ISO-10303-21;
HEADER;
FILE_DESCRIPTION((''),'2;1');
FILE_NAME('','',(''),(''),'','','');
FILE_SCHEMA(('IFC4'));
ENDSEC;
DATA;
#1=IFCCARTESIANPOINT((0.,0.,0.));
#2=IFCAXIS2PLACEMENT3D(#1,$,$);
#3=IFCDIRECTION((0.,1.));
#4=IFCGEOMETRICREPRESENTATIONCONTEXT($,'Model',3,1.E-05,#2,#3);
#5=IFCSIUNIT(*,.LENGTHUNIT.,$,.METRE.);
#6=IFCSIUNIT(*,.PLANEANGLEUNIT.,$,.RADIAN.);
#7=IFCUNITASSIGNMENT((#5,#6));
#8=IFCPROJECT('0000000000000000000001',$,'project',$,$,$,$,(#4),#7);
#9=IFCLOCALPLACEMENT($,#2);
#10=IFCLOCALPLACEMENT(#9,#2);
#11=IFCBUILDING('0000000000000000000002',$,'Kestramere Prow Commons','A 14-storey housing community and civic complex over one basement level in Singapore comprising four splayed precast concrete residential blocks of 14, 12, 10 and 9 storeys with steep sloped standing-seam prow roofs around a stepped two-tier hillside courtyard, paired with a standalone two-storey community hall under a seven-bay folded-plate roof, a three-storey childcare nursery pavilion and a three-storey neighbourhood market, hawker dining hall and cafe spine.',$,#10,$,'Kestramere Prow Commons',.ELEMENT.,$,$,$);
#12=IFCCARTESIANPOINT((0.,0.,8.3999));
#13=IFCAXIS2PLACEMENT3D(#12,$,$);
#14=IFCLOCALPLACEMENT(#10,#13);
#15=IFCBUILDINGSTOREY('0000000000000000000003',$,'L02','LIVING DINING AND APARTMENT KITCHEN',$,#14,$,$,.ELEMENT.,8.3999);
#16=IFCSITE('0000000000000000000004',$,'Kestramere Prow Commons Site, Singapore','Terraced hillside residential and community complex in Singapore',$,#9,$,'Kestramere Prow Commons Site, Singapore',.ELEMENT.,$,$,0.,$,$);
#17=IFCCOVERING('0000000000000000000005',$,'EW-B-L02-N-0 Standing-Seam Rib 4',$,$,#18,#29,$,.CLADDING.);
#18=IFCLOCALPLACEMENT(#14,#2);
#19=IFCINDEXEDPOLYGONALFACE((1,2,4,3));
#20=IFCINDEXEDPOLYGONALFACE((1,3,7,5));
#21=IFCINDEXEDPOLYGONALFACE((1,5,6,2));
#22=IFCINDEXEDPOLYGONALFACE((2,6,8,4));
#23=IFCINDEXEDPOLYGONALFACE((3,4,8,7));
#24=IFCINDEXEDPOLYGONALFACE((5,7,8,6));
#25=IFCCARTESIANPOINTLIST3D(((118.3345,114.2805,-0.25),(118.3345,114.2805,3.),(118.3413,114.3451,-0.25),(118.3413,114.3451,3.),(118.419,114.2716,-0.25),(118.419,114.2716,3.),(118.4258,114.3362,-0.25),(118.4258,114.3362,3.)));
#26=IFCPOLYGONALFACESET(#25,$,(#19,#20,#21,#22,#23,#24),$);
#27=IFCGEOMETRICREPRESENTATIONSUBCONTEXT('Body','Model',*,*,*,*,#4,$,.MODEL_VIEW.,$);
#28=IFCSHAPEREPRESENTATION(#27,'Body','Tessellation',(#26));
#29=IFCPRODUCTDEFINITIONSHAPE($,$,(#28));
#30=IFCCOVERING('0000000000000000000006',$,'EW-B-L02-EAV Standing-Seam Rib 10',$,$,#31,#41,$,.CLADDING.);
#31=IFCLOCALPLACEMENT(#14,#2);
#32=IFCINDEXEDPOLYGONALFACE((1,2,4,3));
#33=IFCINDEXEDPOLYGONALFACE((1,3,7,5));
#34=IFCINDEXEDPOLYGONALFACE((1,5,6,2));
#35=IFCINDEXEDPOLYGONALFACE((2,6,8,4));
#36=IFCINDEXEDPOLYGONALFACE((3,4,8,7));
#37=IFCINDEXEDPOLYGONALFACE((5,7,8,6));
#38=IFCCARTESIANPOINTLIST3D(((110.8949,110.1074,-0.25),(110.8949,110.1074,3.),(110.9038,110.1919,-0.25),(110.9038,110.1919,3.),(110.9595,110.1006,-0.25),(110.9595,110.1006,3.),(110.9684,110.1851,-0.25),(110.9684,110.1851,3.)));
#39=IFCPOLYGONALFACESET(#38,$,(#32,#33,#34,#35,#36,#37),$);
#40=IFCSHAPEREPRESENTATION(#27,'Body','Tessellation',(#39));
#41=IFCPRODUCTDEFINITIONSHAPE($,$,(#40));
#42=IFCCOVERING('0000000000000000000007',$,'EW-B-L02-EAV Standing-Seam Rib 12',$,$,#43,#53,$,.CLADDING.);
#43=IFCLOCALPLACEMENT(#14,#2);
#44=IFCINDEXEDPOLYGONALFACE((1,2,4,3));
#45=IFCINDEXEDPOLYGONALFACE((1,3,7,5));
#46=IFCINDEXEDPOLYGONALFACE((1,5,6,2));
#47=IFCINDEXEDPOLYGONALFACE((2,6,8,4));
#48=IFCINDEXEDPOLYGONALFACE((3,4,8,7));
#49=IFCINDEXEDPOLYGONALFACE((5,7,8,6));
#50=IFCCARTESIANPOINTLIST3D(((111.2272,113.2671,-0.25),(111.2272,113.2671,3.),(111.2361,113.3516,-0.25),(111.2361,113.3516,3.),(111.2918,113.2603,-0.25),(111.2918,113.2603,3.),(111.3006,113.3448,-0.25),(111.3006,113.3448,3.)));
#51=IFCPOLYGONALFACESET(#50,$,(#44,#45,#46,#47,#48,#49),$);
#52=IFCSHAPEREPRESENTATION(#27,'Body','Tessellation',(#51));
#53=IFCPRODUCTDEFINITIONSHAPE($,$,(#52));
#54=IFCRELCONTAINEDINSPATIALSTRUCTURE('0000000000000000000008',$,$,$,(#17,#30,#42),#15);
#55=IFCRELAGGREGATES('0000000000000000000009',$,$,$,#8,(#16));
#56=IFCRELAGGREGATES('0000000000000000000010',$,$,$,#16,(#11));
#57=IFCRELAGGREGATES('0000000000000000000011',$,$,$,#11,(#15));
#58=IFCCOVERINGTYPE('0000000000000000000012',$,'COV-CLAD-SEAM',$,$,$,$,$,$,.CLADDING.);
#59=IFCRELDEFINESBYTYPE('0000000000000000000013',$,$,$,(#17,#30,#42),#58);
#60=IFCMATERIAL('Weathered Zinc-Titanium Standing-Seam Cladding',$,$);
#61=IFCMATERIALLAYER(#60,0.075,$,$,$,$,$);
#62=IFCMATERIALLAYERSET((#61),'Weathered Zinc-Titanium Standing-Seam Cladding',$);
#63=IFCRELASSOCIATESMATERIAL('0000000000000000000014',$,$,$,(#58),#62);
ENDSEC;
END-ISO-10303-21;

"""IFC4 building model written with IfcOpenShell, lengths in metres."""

from ifc_helpers import new_model, si_unit, direction, frame, origin, origin_2d, place, context, subcontext, project, spatial, rectangle, extrude, material, layer, layer_set, type_object, element, save


model = new_model("IFC4")

# Units and contexts
model_context = context("Model", 3, precision=1e-05, world=origin(), true_north=direction((0.0, 1.0)))
body_context = subcontext(model_context, "Body", "Model", "MODEL_VIEW")
ifc_project = project(units=[si_unit("LENGTHUNIT", "METRE"), si_unit("PLANEANGLEUNIT", "RADIAN")], contexts=[model_context])

# Site, building, storey
site_placement = place(None, origin())
site = spatial("IfcSite", under=ifc_project, at=site_placement, Name="Kestramere Prow Commons Site, Singapore", Description="Terraced hillside residential and community complex in Singapore", LongName="Kestramere Prow Commons Site, Singapore", CompositionType="ELEMENT", RefElevation=0.0)
building_placement = place(site_placement, origin())
building = spatial("IfcBuilding", under=site, at=building_placement, Name="Kestramere Prow Commons", Description="A 14-storey housing community and civic complex over one basement level in Singapore comprising four splayed precast concrete residential blocks of 14, 12, 10 and 9 storeys with steep sloped standing-seam prow roofs around a stepped two-tier hillside courtyard, paired with a standalone two-storey community hall under a seven-bay folded-plate roof, a three-storey childcare nursery pavilion and a three-storey neighbourhood market, hawker dining hall and cafe spine.", LongName="Kestramere Prow Commons", CompositionType="ELEMENT")
storey_placement = place(building_placement, frame((0.0, 0.0, 8.3999)))
storey = spatial("IfcBuildingStorey", under=building, at=storey_placement, Name="L02", Description="LIVING DINING AND APARTMENT KITCHEN", CompositionType="ELEMENT", Elevation=8.3999)

# Coverings
ifc_material_1 = material(Name="Weathered Zinc-Titanium Standing-Seam Cladding")
ifc_layer_1 = layer(ifc_material_1, 0.075)
ifc_layer_set_1 = layer_set([ifc_layer_1], Name="Weathered Zinc-Titanium Standing-Seam Cladding")
covering_type = type_object("IfcCoveringType", Name="COV-CLAD-SEAM", PredefinedType="CLADDING", material=ifc_layer_set_1)
for number, where, z_axis, x_axis, name in (
    (1, (118.3801, 114.3083, -0.25), (0.0, 0.0, 1.0), (0.994522, -0.104528, 0.0), "EW-B-L02-N-0 Standing-Seam Rib 4"),
    (2, (110.9316, 110.1462, -0.25), (0.0, 0.0, 1.0), (0.104528, 0.994522, 0.0), "EW-B-L02-EAV Standing-Seam Rib 10"),
    (3, (111.2639, 113.3059, -0.25), (0.0, 0.0, 1.0), (0.104528, 0.994522, 0.0), "EW-B-L02-EAV Standing-Seam Rib 12"),
):
    element("IfcCovering", number, at=place(storey_placement, frame(where, z_axis=z_axis, x_axis=x_axis)), inside=storey, type_object=covering_type, Name=name, PredefinedType="CLADDING", context=body_context, shape_type="SweptSolid", body=[
        extrude(rectangle(XDim=0.085, YDim=0.0649, at=origin_2d()), origin(), (0.0, 0.0, 1.0), 3.25),
    ])

save(model, "model.ifc")
